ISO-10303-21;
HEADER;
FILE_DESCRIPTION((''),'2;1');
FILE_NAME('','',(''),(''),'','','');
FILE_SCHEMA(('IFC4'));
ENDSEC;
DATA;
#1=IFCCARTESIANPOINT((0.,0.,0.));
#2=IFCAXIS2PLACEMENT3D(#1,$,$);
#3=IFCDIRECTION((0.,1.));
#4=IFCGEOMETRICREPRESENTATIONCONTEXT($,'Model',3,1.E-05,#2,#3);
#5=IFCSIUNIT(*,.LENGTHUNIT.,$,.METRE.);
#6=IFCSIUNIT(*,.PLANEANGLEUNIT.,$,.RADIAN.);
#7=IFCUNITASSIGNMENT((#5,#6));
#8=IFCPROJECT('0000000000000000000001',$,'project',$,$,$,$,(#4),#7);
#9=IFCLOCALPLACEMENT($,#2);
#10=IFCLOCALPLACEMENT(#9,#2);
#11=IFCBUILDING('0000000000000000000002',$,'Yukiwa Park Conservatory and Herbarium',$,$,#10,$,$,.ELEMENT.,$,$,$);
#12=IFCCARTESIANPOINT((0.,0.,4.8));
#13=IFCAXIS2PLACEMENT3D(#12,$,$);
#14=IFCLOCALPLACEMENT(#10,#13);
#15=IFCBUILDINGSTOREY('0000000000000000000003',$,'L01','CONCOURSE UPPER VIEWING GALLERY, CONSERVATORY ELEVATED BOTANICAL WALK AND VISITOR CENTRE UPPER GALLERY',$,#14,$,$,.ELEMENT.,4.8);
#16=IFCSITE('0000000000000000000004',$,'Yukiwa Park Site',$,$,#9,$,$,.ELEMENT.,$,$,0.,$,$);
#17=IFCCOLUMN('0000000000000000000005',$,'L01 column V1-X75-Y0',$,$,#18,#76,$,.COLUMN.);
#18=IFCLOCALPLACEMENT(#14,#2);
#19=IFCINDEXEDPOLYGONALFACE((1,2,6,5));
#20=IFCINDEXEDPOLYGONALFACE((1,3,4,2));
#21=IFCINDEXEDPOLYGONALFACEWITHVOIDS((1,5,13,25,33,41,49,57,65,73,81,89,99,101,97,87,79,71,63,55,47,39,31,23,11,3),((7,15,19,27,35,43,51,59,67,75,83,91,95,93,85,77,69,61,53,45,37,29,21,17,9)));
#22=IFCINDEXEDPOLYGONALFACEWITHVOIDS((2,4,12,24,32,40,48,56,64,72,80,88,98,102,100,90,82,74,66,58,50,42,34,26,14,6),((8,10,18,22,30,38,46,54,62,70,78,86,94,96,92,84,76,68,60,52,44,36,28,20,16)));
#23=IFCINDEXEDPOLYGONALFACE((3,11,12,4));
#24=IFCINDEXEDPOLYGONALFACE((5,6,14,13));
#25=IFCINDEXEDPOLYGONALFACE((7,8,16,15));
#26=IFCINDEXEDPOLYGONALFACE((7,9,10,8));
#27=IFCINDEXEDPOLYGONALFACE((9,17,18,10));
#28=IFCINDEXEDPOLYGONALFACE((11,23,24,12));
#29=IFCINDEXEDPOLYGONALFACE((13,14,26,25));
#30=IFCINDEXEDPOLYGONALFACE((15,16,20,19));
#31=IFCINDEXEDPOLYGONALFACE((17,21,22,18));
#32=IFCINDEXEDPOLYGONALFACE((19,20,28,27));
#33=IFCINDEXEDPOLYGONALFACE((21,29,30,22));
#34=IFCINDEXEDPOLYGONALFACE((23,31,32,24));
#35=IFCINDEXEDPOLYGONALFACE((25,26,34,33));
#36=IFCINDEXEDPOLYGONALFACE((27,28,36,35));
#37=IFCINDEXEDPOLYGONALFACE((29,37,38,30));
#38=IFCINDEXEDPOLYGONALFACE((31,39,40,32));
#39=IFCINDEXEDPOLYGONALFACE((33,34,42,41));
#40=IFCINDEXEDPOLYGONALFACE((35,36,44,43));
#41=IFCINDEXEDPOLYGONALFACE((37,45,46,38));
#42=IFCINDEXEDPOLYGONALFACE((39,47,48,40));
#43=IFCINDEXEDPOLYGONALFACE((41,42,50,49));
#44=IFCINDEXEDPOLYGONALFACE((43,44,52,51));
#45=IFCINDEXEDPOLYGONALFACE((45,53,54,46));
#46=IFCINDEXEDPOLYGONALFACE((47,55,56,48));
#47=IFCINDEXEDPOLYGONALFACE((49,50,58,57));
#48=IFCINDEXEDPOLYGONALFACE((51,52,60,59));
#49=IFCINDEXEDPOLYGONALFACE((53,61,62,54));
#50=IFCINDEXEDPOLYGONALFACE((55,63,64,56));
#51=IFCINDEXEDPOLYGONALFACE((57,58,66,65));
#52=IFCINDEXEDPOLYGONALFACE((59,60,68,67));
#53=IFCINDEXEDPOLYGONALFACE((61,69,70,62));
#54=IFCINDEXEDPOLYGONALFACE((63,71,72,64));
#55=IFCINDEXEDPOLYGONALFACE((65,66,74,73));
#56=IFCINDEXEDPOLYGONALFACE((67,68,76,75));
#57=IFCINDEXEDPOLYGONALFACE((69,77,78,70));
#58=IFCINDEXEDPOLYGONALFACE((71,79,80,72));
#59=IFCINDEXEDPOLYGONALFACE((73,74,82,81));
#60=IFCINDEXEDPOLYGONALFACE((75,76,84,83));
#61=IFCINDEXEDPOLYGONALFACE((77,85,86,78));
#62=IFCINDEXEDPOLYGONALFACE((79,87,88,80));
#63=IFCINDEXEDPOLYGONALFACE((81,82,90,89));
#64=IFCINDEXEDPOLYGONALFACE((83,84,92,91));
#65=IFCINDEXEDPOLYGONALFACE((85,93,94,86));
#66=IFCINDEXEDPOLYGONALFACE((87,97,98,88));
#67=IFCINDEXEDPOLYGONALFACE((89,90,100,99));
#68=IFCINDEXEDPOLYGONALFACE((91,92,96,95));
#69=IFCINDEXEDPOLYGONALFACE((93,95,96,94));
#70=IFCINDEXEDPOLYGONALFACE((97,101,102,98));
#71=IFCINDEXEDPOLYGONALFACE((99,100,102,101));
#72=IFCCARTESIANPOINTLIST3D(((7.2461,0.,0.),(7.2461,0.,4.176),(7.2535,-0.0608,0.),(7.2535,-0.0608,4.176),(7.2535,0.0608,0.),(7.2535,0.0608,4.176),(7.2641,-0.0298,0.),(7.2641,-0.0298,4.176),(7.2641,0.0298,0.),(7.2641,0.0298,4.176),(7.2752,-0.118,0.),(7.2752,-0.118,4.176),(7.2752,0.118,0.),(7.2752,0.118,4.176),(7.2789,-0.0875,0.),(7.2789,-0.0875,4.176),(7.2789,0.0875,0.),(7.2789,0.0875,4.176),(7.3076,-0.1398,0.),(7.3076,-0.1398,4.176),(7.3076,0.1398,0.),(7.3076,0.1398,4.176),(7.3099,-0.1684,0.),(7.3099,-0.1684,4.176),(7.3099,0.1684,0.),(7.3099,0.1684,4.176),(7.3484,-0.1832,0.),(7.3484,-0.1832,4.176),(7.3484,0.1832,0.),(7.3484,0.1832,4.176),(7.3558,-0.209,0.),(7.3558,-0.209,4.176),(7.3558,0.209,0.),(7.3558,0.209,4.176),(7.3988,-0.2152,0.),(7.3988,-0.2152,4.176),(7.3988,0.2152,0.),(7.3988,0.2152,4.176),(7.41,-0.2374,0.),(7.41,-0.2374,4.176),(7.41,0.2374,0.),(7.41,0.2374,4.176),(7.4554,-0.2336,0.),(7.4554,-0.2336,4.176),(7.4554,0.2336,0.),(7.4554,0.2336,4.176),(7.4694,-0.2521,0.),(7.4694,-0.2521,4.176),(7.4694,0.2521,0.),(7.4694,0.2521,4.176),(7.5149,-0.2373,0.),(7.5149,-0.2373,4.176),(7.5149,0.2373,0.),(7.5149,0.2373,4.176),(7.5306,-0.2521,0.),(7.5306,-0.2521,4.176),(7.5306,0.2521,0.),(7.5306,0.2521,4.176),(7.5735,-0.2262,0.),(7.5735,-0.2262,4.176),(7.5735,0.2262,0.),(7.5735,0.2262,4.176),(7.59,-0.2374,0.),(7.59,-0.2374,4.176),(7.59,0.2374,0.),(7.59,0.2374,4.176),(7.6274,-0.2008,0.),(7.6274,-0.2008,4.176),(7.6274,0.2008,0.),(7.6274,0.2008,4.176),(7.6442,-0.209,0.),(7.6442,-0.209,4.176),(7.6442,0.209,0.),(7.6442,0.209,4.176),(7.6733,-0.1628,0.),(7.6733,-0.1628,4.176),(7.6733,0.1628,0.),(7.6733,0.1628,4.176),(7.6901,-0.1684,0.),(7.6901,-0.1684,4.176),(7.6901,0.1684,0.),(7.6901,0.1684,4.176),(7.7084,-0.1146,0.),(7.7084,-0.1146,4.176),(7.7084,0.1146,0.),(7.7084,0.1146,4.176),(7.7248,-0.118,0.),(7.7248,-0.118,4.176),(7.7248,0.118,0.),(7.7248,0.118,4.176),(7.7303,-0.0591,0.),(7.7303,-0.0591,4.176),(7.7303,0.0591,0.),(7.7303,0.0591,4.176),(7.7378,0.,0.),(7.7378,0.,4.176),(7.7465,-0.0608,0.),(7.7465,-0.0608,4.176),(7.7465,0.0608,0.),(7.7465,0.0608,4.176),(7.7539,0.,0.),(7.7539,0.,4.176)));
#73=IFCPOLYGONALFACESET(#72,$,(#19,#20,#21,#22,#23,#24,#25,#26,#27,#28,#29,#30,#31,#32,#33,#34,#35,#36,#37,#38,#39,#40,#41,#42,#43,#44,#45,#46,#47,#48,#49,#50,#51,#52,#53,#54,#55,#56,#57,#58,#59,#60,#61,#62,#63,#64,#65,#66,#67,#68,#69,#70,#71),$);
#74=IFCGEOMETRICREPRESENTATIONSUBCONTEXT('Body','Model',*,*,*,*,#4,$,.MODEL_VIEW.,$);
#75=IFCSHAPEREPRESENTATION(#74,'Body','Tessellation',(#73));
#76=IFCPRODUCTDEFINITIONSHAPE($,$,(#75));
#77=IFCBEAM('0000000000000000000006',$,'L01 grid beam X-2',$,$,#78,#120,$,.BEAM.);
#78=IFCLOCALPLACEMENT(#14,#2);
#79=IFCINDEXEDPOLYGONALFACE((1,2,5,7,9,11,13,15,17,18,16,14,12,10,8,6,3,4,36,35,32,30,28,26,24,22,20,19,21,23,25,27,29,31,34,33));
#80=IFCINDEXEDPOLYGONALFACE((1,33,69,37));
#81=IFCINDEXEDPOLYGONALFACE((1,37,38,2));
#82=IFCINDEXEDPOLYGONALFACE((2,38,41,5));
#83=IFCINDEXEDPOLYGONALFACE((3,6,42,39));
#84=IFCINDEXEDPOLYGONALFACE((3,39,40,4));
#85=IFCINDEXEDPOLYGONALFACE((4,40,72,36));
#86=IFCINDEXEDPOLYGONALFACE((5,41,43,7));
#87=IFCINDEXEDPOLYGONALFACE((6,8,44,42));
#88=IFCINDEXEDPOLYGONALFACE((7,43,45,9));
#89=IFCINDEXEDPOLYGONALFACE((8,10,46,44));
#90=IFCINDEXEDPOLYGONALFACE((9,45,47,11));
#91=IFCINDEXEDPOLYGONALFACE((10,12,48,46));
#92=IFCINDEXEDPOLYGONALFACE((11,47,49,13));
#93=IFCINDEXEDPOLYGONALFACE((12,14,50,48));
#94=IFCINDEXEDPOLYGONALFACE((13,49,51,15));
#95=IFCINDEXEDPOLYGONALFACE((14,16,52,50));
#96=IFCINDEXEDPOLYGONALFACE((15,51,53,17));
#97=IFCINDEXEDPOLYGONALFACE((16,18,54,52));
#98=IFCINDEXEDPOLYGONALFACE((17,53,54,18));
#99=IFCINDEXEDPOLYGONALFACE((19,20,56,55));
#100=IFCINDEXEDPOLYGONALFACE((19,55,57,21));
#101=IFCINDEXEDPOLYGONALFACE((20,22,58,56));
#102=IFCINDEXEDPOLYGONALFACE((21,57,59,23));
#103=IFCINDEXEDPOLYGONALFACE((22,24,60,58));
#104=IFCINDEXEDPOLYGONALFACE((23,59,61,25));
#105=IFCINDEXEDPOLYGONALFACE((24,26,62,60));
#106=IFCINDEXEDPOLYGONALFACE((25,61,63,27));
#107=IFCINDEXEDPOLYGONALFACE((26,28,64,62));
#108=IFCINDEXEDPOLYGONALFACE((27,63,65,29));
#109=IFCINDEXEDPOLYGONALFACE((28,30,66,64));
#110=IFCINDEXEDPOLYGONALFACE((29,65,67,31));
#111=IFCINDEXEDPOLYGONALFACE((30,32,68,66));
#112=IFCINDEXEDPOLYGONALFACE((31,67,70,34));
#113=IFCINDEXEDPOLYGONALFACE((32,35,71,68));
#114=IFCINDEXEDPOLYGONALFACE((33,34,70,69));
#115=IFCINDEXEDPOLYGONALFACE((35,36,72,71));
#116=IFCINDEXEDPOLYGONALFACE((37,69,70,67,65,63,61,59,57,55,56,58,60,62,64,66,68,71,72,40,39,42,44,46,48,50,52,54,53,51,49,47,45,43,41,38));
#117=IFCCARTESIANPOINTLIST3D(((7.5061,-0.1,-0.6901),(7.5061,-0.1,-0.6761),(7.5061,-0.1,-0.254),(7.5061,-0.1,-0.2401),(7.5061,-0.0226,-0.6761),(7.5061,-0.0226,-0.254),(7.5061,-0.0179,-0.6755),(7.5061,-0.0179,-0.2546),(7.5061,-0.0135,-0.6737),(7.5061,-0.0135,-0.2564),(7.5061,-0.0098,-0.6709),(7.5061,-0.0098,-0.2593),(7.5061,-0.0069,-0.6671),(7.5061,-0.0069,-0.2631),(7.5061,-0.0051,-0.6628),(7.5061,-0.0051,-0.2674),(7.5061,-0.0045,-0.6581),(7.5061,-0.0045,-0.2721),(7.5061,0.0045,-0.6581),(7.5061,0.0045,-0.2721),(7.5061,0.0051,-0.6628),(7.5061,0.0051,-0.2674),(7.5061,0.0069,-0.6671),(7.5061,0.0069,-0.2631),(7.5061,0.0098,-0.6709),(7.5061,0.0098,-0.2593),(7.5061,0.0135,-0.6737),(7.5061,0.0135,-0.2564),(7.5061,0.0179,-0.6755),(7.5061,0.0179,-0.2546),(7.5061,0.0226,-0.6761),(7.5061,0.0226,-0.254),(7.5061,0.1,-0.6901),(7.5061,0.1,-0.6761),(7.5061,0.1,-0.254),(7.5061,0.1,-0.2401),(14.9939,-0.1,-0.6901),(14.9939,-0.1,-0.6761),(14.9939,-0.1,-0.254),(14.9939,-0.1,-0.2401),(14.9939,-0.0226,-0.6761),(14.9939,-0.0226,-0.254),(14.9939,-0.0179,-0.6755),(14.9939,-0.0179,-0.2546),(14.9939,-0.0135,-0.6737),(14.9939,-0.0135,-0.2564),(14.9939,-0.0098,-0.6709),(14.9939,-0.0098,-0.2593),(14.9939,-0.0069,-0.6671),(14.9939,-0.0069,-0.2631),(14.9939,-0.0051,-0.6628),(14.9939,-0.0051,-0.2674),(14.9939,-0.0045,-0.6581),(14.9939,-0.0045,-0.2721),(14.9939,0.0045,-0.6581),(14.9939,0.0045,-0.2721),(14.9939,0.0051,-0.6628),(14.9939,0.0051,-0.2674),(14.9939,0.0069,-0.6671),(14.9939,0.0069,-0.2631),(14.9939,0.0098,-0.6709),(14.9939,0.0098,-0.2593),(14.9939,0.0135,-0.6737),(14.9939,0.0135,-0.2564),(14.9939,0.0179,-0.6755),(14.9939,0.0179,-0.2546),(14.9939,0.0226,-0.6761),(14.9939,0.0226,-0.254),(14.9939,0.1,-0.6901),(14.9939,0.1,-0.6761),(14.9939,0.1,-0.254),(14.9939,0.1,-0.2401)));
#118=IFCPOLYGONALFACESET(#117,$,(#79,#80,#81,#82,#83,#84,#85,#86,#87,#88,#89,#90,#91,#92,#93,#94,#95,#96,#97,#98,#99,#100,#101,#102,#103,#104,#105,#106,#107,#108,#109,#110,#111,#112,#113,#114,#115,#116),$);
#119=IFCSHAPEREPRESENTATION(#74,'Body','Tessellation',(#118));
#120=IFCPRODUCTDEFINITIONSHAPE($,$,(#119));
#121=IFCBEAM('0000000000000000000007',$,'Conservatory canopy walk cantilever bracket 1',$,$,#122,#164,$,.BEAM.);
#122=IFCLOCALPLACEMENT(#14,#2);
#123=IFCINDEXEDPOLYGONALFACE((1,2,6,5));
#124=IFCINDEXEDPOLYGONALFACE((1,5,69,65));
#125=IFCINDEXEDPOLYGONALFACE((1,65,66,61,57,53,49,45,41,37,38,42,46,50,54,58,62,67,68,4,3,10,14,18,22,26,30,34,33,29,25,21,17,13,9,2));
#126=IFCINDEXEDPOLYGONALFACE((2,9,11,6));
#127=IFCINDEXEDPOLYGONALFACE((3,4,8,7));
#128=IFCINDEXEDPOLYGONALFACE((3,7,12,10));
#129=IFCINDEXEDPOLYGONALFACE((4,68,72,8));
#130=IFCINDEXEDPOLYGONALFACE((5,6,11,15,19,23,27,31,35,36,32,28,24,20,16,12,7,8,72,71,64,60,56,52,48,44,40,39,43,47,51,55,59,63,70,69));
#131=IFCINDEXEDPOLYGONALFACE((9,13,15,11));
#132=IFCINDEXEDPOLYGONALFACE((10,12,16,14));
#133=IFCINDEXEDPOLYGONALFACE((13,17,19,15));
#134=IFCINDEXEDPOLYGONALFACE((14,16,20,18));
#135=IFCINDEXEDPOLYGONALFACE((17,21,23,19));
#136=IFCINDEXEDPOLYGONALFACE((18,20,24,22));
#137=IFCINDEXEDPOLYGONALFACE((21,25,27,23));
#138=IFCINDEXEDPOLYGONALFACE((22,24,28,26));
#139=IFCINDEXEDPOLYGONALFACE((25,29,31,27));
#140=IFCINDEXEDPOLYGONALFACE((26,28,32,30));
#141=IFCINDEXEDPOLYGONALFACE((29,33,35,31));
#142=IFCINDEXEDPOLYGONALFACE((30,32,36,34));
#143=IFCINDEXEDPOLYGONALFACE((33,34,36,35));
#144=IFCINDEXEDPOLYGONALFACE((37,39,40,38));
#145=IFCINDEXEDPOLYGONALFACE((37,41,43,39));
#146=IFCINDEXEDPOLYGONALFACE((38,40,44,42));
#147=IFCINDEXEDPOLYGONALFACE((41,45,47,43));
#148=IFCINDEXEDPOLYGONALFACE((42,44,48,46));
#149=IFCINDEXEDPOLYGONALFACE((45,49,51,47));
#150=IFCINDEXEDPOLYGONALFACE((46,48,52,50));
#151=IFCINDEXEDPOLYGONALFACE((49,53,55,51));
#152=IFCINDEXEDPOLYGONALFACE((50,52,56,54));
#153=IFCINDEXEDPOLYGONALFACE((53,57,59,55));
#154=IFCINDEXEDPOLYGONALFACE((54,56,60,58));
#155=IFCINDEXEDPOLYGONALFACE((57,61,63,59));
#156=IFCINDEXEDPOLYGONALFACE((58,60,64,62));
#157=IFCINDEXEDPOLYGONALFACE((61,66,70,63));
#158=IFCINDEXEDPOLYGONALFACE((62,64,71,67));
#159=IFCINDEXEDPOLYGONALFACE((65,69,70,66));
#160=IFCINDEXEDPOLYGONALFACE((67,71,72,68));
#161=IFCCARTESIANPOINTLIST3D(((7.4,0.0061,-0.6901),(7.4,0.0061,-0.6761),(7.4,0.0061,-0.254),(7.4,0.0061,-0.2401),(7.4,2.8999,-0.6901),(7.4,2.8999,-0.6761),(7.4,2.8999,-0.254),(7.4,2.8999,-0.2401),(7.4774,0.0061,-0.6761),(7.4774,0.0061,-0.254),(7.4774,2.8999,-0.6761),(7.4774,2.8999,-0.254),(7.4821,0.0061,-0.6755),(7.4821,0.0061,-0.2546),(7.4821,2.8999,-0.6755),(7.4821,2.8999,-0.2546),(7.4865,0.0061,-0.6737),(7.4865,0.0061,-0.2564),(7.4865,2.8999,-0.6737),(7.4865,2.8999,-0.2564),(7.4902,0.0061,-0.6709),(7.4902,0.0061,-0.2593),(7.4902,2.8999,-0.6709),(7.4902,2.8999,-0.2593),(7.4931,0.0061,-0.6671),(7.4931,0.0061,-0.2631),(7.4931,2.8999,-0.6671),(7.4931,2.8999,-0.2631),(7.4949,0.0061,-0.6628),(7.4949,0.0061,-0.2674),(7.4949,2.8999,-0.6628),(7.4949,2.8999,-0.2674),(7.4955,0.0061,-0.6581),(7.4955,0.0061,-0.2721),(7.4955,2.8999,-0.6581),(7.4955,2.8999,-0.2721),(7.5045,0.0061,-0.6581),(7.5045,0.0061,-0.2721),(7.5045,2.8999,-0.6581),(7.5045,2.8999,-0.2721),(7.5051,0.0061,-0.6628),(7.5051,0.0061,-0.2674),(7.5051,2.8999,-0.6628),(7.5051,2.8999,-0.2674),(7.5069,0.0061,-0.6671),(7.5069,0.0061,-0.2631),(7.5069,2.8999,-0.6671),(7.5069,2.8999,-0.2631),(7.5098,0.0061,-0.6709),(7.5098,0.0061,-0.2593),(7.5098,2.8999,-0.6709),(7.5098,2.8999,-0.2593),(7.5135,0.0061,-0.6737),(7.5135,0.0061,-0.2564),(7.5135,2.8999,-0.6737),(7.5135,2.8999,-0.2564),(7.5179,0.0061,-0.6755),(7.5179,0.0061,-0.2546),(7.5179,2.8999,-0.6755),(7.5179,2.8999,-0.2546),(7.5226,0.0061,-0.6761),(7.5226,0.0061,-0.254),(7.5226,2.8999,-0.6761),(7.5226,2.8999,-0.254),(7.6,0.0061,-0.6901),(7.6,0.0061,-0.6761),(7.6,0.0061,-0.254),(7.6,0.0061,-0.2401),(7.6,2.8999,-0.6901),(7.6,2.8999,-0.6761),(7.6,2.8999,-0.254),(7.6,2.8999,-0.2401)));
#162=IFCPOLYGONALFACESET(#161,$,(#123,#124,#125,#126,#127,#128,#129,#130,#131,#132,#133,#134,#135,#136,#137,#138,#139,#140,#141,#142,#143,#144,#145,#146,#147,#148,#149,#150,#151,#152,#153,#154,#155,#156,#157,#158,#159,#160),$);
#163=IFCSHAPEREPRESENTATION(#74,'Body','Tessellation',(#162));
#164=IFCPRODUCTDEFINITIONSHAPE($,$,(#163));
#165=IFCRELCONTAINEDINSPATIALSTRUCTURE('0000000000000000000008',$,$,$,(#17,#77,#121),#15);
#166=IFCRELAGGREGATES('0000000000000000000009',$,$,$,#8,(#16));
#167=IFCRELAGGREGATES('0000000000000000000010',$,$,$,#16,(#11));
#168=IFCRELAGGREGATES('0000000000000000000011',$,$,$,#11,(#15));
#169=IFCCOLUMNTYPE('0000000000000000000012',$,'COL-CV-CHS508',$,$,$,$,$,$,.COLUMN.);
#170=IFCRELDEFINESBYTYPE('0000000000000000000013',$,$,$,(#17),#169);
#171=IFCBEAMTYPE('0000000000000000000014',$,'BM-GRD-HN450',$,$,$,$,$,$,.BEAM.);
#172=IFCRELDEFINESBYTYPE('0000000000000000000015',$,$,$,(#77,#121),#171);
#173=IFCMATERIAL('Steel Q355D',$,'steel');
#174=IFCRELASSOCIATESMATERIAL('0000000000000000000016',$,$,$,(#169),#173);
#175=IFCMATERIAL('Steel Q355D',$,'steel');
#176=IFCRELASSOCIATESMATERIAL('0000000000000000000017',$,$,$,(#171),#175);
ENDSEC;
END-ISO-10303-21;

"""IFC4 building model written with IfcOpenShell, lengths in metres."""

from ifc_helpers import new_model, si_unit, direction, frame, origin, origin_2d, place, context, subcontext, project, spatial, hollow_circle, i_section, extrude, material, material_profile, profile_set, type_object, element, save


model = new_model("IFC4")

# Units and contexts
model_context = context("Model", 3, precision=1e-05, world=origin(), true_north=direction((0.0, 1.0)))
body_context = subcontext(model_context, "Body", "Model", "MODEL_VIEW")
ifc_project = project(units=[si_unit("LENGTHUNIT", "METRE"), si_unit("PLANEANGLEUNIT", "RADIAN")], contexts=[model_context])

# Site, building, storey
site_placement = place(None, origin())
site = spatial("IfcSite", under=ifc_project, at=site_placement, Name="Yukiwa Park Site", CompositionType="ELEMENT", RefElevation=0.0)
building_placement = place(site_placement, origin())
building = spatial("IfcBuilding", under=site, at=building_placement, Name="Yukiwa Park Conservatory and Herbarium", CompositionType="ELEMENT")
storey_placement = place(building_placement, frame((0.0, 0.0, 4.8)))
storey = spatial("IfcBuildingStorey", under=building, at=storey_placement, Name="L01", Description="CONCOURSE UPPER VIEWING GALLERY, CONSERVATORY ELEVATED BOTANICAL WALK AND VISITOR CENTRE UPPER GALLERY", CompositionType="ELEMENT", Elevation=4.8)

# Column
ifc_material_1 = material(Name="Steel Q355D", Category="steel")
ifc_material_profile_1 = material_profile(ifc_material_1, hollow_circle(Radius=0.2539, WallThickness=0.0161, at=origin_2d()), Name="CHS 508x16")
ifc_profile_set_1 = profile_set([ifc_material_profile_1], Name="Steel Q355D")
column_type = type_object("IfcColumnType", Name="COL-CV-CHS508", PredefinedType="COLUMN", material=ifc_profile_set_1)
column_placement = place(storey_placement, frame((7.5, 0.0, 0.0), z_axis=(0.0, 0.0, 1.0), x_axis=(1.0, 0.0, 0.0)))
element("IfcColumn", 1, at=column_placement, inside=storey, type_object=column_type, Name="L01 column V1-X75-Y0", PredefinedType="COLUMN", context=body_context, shape_type="SweptSolid", body=[
    extrude(hollow_circle(Radius=0.2539, WallThickness=0.0161, at=origin_2d()), origin(), (0.0, 0.0, 1.0), 4.176),
])

# Beams
ifc_material_2 = material(Name="Steel Q355D", Category="steel")
ifc_material_profile_2 = material_profile(ifc_material_2, i_section(OverallWidth=0.2, OverallDepth=0.45, WebThickness=0.009, FlangeThickness=0.0139, FilletRadius=0.0181, at=origin_2d()), Name="HN 450x200x9x14")
ifc_profile_set_2 = profile_set([ifc_material_profile_2], Name="Steel Q355D")
beam_type = type_object("IfcBeamType", Name="BM-GRD-HN450", PredefinedType="BEAM", material=ifc_profile_set_2)
beam_1_placement = place(storey_placement, frame((7.5061, 0.0, -0.4651), z_axis=(1.0, 0.0, 0.0), x_axis=(0.0, 1.0, 0.0)))
element("IfcBeam", 2, at=beam_1_placement, inside=storey, type_object=beam_type, Name="L01 grid beam X-2", PredefinedType="BEAM", context=body_context, shape_type="SweptSolid", body=[
    extrude(i_section(OverallWidth=0.2, OverallDepth=0.45, WebThickness=0.009, FlangeThickness=0.0139, FilletRadius=0.0181, at=origin_2d()), origin(), (0.0, 0.0, 1.0), 7.4878),
])
beam_2_placement = place(storey_placement, frame((7.5, 0.0061, -0.4651), z_axis=(0.0, 1.0, 0.0), x_axis=(-1.0, 0.0, 0.0)))
element("IfcBeam", 3, at=beam_2_placement, inside=storey, type_object=beam_type, Name="Conservatory canopy walk cantilever bracket 1", PredefinedType="BEAM", context=body_context, shape_type="SweptSolid", body=[
    extrude(i_section(OverallWidth=0.2, OverallDepth=0.45, WebThickness=0.009, FlangeThickness=0.0139, FilletRadius=0.0181, at=origin_2d()), origin(), (0.0, 0.0, 1.0), 2.8938),
])

save(model, "model.ifc")
